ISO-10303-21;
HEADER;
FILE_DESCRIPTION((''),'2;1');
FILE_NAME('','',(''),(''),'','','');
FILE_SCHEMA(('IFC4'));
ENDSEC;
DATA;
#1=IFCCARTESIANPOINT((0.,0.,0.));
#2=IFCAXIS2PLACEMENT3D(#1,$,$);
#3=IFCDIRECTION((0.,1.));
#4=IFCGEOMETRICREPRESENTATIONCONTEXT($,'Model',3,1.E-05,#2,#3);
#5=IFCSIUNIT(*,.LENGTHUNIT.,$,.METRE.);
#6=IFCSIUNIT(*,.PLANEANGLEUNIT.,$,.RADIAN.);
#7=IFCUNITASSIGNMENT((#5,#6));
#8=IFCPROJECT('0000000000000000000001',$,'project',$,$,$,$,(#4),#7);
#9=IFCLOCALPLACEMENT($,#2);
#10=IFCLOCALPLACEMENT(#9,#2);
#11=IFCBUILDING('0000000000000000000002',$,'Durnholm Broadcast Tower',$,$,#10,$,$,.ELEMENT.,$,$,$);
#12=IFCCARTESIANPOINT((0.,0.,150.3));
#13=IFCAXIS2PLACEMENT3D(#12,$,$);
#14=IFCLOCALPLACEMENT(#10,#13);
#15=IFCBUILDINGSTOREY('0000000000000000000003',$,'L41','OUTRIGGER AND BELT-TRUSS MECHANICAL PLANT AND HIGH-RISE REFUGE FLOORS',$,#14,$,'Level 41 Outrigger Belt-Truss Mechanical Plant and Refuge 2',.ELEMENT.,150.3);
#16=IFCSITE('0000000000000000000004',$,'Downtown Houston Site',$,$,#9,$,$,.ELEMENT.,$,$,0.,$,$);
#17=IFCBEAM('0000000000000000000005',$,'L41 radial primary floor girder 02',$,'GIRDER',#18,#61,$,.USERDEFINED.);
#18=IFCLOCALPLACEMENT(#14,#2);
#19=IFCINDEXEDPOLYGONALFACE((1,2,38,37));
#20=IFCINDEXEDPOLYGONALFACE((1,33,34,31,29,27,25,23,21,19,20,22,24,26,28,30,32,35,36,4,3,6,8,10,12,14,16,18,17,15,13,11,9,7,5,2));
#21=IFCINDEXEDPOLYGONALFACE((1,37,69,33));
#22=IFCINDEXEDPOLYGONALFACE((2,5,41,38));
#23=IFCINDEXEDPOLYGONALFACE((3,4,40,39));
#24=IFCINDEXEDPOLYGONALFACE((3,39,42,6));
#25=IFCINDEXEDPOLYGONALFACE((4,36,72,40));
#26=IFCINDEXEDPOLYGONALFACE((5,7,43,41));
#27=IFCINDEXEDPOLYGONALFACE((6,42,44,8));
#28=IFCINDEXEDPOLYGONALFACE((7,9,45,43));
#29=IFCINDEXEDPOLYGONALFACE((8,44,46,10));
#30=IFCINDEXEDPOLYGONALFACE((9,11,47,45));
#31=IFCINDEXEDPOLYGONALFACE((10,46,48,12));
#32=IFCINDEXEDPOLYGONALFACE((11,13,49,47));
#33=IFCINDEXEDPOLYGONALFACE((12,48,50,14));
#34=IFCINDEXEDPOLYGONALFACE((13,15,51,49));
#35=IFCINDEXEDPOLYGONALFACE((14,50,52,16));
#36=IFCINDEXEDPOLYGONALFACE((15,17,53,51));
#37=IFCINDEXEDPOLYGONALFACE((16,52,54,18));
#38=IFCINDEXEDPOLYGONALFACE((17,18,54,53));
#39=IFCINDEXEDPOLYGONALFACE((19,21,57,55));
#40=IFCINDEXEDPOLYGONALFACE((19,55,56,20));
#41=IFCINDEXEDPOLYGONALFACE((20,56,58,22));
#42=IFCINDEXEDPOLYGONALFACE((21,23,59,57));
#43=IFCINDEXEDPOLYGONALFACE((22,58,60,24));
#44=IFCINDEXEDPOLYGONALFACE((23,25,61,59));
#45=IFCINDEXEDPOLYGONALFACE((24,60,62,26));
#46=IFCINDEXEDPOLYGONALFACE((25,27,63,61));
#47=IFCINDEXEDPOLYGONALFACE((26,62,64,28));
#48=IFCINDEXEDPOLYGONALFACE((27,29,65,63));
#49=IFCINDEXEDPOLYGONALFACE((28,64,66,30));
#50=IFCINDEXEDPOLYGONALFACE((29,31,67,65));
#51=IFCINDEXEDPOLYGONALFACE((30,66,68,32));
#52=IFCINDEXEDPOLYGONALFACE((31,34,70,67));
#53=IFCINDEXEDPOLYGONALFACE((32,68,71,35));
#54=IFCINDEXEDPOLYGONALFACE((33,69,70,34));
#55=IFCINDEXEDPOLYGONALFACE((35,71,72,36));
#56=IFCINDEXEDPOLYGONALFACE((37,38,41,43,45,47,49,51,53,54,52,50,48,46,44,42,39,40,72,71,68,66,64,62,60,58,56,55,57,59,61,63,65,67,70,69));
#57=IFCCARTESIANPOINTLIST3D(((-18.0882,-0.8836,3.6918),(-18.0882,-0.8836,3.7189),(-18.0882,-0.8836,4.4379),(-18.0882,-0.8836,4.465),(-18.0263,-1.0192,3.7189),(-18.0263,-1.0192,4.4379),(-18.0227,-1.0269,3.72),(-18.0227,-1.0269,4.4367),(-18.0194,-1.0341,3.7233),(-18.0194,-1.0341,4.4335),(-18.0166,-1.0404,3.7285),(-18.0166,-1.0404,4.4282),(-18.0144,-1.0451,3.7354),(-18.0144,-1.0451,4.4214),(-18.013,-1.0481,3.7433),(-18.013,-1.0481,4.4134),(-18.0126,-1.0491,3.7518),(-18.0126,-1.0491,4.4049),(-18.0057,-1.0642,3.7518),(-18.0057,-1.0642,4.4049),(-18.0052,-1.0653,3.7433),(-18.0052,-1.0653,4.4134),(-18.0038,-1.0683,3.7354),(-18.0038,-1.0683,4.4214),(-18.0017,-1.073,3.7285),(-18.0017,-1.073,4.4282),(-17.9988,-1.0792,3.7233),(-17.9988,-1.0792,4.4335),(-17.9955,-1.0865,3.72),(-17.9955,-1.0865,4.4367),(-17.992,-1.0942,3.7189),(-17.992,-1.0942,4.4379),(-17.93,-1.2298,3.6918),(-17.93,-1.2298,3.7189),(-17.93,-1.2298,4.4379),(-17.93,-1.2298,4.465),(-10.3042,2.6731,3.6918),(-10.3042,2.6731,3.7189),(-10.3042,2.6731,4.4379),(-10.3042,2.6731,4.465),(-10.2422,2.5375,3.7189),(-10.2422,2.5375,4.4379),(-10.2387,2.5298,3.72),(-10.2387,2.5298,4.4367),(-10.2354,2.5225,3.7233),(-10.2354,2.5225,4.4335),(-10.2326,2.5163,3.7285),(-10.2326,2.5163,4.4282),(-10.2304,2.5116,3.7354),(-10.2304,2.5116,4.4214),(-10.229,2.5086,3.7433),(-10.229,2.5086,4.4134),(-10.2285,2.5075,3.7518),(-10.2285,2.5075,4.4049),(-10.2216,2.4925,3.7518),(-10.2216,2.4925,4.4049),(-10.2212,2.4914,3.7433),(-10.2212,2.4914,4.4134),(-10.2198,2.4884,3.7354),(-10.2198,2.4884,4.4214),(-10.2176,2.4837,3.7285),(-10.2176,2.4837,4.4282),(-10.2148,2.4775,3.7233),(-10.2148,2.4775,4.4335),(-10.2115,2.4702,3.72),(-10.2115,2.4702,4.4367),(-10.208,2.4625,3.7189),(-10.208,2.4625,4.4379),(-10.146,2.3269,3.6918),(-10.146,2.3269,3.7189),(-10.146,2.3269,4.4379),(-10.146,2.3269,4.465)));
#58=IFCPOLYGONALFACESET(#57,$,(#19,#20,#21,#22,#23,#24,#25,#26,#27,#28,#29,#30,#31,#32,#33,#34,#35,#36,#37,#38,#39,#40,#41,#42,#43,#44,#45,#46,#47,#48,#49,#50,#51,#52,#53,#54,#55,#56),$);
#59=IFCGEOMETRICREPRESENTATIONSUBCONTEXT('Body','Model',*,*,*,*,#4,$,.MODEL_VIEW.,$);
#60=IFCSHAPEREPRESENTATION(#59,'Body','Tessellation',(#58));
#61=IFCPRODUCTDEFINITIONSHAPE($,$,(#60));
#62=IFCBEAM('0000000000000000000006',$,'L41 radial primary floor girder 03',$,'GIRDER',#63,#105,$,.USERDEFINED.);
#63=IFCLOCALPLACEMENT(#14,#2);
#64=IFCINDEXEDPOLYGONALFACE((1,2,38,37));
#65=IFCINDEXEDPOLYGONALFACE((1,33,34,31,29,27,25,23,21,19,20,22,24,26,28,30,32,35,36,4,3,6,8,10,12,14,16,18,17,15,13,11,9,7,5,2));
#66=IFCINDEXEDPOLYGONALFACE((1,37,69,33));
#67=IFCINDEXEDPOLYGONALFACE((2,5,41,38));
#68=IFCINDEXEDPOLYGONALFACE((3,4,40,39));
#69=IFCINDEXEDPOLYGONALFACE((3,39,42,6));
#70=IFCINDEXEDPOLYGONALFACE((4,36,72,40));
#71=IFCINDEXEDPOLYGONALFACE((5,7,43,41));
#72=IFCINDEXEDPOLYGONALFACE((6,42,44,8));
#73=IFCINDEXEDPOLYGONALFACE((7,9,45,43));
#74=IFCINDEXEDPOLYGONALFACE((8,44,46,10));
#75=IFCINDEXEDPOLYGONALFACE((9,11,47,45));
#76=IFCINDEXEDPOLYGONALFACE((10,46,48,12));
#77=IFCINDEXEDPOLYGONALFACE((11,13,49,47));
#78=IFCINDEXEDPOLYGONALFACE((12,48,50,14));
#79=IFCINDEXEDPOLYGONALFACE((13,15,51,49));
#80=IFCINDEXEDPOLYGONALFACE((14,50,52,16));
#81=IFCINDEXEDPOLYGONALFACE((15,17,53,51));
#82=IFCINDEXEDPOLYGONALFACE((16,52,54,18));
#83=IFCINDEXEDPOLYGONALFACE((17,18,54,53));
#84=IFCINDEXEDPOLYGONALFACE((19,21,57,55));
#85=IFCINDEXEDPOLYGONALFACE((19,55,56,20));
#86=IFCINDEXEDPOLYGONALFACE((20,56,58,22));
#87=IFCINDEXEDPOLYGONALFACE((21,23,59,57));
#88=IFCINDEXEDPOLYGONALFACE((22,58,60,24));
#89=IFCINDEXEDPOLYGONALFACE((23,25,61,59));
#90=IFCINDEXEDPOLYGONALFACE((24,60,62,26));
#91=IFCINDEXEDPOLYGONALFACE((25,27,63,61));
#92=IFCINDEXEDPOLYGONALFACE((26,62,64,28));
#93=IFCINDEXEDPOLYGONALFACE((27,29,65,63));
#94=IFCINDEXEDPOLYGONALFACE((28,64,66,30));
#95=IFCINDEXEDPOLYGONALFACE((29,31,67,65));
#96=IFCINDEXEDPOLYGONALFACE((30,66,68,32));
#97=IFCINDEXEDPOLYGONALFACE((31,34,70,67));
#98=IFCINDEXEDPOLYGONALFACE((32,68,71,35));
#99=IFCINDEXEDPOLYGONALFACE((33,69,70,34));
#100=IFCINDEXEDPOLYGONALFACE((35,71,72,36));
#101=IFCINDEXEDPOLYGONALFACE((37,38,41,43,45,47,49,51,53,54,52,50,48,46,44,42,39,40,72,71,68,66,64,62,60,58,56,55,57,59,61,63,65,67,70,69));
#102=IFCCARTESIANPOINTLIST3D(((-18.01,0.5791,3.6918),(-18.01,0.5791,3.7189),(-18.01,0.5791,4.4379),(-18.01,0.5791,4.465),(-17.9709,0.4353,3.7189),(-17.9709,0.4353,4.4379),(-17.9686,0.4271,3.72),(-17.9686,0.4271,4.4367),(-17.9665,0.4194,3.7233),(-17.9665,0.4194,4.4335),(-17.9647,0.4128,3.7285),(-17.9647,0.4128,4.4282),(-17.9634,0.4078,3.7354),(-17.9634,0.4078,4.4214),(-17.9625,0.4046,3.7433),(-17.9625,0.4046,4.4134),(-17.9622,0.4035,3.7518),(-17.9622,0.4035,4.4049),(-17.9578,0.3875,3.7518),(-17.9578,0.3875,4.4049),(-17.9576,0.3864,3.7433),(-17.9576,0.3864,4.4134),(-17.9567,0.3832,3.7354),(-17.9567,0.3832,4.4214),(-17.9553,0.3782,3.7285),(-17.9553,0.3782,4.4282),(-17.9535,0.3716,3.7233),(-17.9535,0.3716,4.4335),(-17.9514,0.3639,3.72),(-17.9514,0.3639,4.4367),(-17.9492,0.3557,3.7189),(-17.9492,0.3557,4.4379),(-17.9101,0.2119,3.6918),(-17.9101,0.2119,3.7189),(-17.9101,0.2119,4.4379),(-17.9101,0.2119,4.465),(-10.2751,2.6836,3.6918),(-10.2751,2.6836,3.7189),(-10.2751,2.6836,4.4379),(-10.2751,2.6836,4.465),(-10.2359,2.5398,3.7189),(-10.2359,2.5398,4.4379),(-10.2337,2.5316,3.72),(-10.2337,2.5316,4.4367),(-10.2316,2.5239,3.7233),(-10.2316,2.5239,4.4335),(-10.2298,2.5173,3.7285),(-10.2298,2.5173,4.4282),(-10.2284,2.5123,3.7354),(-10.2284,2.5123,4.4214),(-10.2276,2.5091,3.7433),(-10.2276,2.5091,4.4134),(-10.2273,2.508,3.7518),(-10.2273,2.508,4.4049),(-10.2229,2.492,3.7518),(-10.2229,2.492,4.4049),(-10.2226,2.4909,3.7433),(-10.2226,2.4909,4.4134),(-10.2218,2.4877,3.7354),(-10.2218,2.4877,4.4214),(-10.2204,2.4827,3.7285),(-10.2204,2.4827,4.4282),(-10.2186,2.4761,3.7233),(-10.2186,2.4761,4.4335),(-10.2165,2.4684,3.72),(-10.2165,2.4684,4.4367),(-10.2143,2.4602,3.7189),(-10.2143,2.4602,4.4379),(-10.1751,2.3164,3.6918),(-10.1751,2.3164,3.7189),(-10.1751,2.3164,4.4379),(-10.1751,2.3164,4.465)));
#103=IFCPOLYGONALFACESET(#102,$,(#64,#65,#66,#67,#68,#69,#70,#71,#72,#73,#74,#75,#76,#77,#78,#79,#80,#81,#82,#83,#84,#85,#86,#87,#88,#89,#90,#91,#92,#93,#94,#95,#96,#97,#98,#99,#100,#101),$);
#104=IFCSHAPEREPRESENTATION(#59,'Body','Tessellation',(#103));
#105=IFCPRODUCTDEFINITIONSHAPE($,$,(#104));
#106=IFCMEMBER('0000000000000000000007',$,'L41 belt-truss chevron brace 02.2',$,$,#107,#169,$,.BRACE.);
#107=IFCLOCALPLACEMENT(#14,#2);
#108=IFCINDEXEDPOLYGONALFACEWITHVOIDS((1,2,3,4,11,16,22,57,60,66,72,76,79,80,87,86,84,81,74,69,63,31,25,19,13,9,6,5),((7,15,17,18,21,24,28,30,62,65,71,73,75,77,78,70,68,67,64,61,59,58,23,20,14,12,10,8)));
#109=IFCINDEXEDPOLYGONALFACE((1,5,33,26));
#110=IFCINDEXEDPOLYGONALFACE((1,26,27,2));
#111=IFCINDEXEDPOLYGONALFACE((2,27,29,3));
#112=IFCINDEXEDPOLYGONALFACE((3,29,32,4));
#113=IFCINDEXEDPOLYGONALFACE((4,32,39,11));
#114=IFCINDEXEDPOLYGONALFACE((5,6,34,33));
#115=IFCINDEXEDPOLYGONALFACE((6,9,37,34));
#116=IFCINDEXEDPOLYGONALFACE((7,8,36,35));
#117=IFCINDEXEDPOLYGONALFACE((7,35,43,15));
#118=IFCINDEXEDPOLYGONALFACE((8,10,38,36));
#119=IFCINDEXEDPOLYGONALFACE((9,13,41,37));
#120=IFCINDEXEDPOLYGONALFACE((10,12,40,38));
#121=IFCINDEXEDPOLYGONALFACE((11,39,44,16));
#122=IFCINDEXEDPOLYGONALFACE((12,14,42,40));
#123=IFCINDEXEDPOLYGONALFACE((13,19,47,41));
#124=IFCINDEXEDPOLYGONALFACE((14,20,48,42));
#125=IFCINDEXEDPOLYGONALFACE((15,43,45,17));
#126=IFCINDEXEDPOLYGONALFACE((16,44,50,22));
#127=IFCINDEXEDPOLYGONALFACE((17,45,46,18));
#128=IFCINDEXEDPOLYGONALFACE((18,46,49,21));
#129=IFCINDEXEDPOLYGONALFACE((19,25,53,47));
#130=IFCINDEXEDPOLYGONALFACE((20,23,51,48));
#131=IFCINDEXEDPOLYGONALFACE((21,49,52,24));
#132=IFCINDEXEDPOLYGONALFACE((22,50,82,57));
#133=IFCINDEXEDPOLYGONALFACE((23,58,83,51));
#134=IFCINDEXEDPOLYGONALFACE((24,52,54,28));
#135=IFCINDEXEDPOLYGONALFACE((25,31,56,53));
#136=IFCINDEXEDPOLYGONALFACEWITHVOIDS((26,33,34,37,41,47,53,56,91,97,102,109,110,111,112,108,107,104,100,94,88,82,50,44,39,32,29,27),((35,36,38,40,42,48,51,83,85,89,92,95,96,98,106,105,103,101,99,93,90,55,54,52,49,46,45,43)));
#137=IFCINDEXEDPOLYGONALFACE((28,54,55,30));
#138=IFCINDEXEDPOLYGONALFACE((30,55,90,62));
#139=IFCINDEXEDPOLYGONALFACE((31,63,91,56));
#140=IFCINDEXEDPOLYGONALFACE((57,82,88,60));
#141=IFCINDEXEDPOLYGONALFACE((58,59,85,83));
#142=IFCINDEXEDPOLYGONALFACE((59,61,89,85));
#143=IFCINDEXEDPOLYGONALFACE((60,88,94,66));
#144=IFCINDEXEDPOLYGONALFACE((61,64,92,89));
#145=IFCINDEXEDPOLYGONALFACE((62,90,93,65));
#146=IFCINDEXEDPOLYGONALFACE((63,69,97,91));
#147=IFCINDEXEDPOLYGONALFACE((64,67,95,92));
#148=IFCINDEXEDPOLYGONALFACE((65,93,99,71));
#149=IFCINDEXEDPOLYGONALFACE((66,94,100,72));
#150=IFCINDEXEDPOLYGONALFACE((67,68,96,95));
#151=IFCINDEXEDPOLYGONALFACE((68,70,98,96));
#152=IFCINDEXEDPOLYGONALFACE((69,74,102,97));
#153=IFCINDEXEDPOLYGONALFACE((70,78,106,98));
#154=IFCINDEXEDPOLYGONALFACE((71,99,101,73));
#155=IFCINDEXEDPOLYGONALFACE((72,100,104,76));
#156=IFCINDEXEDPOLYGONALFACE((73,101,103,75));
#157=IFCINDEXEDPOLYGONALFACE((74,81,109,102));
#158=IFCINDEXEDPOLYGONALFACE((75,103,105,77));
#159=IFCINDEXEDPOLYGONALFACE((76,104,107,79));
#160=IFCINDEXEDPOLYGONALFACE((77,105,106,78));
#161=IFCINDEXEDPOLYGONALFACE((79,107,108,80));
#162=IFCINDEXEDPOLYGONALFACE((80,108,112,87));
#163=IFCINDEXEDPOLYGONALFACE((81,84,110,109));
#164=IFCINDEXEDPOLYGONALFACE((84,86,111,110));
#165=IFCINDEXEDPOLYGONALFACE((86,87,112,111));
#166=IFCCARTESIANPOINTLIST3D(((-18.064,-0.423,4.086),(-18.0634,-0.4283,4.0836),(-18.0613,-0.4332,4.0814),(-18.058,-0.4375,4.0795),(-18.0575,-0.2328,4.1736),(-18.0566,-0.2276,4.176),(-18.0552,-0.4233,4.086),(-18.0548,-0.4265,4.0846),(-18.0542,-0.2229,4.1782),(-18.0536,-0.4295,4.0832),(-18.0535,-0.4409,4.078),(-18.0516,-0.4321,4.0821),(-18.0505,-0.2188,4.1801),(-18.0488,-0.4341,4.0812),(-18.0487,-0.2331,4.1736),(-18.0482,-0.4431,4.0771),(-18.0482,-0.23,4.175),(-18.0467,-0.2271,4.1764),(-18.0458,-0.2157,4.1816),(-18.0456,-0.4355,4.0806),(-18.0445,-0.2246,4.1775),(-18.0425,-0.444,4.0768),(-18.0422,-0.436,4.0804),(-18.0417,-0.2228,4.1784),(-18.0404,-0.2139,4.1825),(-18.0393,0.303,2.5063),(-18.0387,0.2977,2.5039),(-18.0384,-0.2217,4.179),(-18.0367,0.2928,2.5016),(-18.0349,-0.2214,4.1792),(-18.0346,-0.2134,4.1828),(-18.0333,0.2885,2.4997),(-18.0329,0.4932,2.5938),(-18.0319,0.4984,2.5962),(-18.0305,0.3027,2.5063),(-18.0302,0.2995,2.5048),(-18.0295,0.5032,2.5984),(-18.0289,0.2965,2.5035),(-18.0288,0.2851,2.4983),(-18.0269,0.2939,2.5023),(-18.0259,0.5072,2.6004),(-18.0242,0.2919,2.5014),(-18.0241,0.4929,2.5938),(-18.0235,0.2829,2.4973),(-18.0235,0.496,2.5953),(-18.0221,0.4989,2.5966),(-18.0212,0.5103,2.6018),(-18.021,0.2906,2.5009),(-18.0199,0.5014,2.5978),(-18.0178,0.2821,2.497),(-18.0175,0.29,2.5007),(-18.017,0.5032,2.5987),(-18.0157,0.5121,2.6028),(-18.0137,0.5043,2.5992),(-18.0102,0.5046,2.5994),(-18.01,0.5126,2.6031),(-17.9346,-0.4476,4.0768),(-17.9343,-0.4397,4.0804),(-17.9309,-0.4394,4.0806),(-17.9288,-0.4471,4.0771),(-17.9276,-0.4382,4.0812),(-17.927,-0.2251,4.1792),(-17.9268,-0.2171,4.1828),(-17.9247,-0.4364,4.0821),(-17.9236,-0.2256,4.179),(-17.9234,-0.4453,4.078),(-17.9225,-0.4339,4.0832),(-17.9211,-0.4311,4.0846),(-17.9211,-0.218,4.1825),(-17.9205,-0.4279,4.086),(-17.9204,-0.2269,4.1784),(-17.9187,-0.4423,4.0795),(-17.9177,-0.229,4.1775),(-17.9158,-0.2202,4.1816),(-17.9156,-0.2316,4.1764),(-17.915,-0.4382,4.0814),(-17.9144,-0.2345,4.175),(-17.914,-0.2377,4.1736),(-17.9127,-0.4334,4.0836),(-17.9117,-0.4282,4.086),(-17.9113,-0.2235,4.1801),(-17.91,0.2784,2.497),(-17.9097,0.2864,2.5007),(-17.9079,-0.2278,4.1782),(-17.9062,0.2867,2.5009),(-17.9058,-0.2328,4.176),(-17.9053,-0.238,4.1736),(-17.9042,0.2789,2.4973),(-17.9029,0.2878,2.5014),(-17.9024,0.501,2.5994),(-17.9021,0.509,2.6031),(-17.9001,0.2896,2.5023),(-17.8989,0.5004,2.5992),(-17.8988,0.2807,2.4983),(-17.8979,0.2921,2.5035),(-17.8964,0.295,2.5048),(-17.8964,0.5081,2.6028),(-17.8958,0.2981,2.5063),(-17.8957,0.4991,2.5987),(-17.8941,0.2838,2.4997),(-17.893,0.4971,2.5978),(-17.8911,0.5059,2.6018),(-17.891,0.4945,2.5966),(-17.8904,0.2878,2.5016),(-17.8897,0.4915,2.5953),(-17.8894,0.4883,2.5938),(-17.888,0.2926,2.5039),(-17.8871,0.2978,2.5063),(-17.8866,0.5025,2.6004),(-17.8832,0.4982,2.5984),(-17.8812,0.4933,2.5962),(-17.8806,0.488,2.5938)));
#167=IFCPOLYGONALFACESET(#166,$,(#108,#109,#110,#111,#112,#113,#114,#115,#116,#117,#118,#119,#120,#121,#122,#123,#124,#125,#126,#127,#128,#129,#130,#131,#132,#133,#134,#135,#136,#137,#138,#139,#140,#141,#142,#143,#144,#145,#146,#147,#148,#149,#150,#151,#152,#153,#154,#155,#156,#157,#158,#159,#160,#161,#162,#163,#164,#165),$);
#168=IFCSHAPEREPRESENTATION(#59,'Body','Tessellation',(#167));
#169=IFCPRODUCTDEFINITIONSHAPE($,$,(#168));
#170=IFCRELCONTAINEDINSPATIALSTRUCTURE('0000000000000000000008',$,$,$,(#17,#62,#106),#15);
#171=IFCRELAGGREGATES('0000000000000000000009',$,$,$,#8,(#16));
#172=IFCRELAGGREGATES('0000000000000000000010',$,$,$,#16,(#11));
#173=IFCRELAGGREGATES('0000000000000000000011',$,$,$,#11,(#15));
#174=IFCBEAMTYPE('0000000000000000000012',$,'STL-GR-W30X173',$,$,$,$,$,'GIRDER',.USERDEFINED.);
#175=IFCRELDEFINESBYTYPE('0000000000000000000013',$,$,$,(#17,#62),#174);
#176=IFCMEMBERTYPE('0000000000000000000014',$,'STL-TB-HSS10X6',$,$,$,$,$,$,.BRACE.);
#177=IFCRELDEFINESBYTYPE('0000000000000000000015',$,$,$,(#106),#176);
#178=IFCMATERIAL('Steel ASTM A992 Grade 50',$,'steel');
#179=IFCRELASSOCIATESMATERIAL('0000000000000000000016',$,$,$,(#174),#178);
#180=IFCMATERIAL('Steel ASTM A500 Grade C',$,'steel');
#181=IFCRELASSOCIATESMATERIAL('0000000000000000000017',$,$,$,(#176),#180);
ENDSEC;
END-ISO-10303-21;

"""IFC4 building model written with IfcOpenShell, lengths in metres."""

from ifc_helpers import new_model, si_unit, direction, frame, origin, origin_2d, place, context, subcontext, project, spatial, hollow_rectangle, i_section, extrude, source, transform, mapped, material, material_profile, profile_set, type_object, type_shapes, element, save


model = new_model("IFC4")

# Units and contexts
model_context = context("Model", 3, precision=1e-05, world=origin(), true_north=direction((0.0, 1.0)))
body_context = subcontext(model_context, "Body", "Model", "MODEL_VIEW")
ifc_project = project(units=[si_unit("LENGTHUNIT", "METRE"), si_unit("PLANEANGLEUNIT", "RADIAN")], contexts=[model_context])

# Site, building, storey
site_placement = place(None, origin())
site = spatial("IfcSite", under=ifc_project, at=site_placement, Name="Downtown Houston Site", CompositionType="ELEMENT", RefElevation=0.0)
building_placement = place(site_placement, origin())
building = spatial("IfcBuilding", under=site, at=building_placement, Name="Durnholm Broadcast Tower", CompositionType="ELEMENT")
storey_placement = place(building_placement, frame((0.0, 0.0, 150.3)))
storey = spatial("IfcBuildingStorey", under=building, at=storey_placement, Name="L41", Description="OUTRIGGER AND BELT-TRUSS MECHANICAL PLANT AND HIGH-RISE REFUGE FLOORS", LongName="Level 41 Outrigger Belt-Truss Mechanical Plant and Refuge 2", CompositionType="ELEMENT", Elevation=150.3)

# Beams
ifc_material_1 = material(Name="Steel ASTM A992 Grade 50", Category="steel")
ifc_material_profile_1 = material_profile(ifc_material_1, i_section(OverallWidth=0.3806, OverallDepth=0.7732, WebThickness=0.0166, FlangeThickness=0.0271, FilletRadius=0.033, at=origin_2d()), Name="W30X173")
ifc_profile_set_1 = profile_set([ifc_material_profile_1], Name="Steel ASTM A992 Grade 50")
beam_type_1 = type_object("IfcBeamType", Name="STL-GR-W30X173", ElementType="GIRDER", PredefinedType="USERDEFINED", material=ifc_profile_set_1)
shared_shape_1 = source(origin(), body_context, "Body", "SweptSolid", [
    extrude(i_section(OverallWidth=0.3806, OverallDepth=0.7732, WebThickness=0.0166, FlangeThickness=0.0271, FilletRadius=0.033, at=origin_2d()), origin(), (0.0, 0.0, 1.0), 8.5581),
])
beam_1_placement = place(storey_placement, frame((-10.2251, 2.5, 4.0784), z_axis=(-0.909551, -0.415593, 0.0), x_axis=(0.415593, -0.909551, 0.0)))
element("IfcBeam", 1, at=beam_1_placement, inside=storey, type_object=beam_type_1, Name="L41 radial primary floor girder 02", ObjectType="GIRDER", PredefinedType="USERDEFINED", context=body_context, shape_type="MappedRepresentation", body=[
    mapped(shared_shape_1, transform((0.0, 0.0, 0.0), x_axis=(1.0, 0.0, 0.0), y_axis=(0.0, 1.0, 0.0), z_axis=(0.0, 0.0, 1.0), scale=1.0)),
])
shared_shape_2 = source(origin(), body_context, "Body", "SweptSolid", [
    extrude(i_section(OverallWidth=0.3806, OverallDepth=0.7732, WebThickness=0.0166, FlangeThickness=0.0271, FilletRadius=0.033, at=origin_2d()), origin(), (0.0, 0.0, 1.0), 8.0161),
])
type_shapes(beam_type_1, [shared_shape_1, shared_shape_2])
beam_2_placement = place(storey_placement, frame((-10.2251, 2.5, 4.0784), z_axis=(-0.964922, -0.262535, 0.0), x_axis=(0.262535, -0.964922, 0.0)))
element("IfcBeam", 2, at=beam_2_placement, inside=storey, type_object=beam_type_1, Name="L41 radial primary floor girder 03", ObjectType="GIRDER", PredefinedType="USERDEFINED", context=body_context, shape_type="MappedRepresentation", body=[
    mapped(shared_shape_2, transform((0.0, 0.0, 0.0), x_axis=(1.0, 0.0, 0.0), y_axis=(0.0, 1.0, 0.0), z_axis=(0.0, 0.0, 1.0), scale=1.0)),
])

# Member
ifc_material_2 = material(Name="Steel ASTM A500 Grade C", Category="steel")
ifc_material_profile_2 = material_profile(ifc_material_2, hollow_rectangle(XDim=0.1523, YDim=0.2539, WallThickness=0.0088, InnerFilletRadius=0.0134, OuterFilletRadius=0.0222, at=origin_2d()), Name="HSS10X6X3/8")
ifc_profile_set_2 = profile_set([ifc_material_profile_2], Name="Steel ASTM A500 Grade C")
member_type_1 = type_object("IfcMemberType", Name="STL-TB-HSS10X6", PredefinedType="BRACE", material=ifc_profile_set_2)
shared_shape_3 = source(origin(), body_context, "Body", "SweptSolid", [
    extrude(hollow_rectangle(XDim=0.1523, YDim=0.2539, WallThickness=0.0088, InnerFilletRadius=0.0134, OuterFilletRadius=0.0222, at=origin_2d()), origin(), (0.0, 0.0, 1.0), 1.7388),
])
type_shapes(member_type_1, [shared_shape_3])
member_1_placement = place(storey_placement, frame((-17.96, 0.3955, 2.55), z_axis=(-0.014181, -0.417555, 0.908541), x_axis=(0.999424, -0.033941, 0.0)))
element("IfcMember", 3, at=member_1_placement, inside=storey, type_object=member_type_1, Name="L41 belt-truss chevron brace 02.2", PredefinedType="BRACE", context=body_context, shape_type="MappedRepresentation", body=[
    mapped(shared_shape_3, transform((0.0, 0.0, 0.0), x_axis=(1.0, 0.0, 0.0), y_axis=(0.0, 1.0, 0.0), z_axis=(0.0, 0.0, 1.0), scale=1.0)),
])

save(model, "model.ifc")
